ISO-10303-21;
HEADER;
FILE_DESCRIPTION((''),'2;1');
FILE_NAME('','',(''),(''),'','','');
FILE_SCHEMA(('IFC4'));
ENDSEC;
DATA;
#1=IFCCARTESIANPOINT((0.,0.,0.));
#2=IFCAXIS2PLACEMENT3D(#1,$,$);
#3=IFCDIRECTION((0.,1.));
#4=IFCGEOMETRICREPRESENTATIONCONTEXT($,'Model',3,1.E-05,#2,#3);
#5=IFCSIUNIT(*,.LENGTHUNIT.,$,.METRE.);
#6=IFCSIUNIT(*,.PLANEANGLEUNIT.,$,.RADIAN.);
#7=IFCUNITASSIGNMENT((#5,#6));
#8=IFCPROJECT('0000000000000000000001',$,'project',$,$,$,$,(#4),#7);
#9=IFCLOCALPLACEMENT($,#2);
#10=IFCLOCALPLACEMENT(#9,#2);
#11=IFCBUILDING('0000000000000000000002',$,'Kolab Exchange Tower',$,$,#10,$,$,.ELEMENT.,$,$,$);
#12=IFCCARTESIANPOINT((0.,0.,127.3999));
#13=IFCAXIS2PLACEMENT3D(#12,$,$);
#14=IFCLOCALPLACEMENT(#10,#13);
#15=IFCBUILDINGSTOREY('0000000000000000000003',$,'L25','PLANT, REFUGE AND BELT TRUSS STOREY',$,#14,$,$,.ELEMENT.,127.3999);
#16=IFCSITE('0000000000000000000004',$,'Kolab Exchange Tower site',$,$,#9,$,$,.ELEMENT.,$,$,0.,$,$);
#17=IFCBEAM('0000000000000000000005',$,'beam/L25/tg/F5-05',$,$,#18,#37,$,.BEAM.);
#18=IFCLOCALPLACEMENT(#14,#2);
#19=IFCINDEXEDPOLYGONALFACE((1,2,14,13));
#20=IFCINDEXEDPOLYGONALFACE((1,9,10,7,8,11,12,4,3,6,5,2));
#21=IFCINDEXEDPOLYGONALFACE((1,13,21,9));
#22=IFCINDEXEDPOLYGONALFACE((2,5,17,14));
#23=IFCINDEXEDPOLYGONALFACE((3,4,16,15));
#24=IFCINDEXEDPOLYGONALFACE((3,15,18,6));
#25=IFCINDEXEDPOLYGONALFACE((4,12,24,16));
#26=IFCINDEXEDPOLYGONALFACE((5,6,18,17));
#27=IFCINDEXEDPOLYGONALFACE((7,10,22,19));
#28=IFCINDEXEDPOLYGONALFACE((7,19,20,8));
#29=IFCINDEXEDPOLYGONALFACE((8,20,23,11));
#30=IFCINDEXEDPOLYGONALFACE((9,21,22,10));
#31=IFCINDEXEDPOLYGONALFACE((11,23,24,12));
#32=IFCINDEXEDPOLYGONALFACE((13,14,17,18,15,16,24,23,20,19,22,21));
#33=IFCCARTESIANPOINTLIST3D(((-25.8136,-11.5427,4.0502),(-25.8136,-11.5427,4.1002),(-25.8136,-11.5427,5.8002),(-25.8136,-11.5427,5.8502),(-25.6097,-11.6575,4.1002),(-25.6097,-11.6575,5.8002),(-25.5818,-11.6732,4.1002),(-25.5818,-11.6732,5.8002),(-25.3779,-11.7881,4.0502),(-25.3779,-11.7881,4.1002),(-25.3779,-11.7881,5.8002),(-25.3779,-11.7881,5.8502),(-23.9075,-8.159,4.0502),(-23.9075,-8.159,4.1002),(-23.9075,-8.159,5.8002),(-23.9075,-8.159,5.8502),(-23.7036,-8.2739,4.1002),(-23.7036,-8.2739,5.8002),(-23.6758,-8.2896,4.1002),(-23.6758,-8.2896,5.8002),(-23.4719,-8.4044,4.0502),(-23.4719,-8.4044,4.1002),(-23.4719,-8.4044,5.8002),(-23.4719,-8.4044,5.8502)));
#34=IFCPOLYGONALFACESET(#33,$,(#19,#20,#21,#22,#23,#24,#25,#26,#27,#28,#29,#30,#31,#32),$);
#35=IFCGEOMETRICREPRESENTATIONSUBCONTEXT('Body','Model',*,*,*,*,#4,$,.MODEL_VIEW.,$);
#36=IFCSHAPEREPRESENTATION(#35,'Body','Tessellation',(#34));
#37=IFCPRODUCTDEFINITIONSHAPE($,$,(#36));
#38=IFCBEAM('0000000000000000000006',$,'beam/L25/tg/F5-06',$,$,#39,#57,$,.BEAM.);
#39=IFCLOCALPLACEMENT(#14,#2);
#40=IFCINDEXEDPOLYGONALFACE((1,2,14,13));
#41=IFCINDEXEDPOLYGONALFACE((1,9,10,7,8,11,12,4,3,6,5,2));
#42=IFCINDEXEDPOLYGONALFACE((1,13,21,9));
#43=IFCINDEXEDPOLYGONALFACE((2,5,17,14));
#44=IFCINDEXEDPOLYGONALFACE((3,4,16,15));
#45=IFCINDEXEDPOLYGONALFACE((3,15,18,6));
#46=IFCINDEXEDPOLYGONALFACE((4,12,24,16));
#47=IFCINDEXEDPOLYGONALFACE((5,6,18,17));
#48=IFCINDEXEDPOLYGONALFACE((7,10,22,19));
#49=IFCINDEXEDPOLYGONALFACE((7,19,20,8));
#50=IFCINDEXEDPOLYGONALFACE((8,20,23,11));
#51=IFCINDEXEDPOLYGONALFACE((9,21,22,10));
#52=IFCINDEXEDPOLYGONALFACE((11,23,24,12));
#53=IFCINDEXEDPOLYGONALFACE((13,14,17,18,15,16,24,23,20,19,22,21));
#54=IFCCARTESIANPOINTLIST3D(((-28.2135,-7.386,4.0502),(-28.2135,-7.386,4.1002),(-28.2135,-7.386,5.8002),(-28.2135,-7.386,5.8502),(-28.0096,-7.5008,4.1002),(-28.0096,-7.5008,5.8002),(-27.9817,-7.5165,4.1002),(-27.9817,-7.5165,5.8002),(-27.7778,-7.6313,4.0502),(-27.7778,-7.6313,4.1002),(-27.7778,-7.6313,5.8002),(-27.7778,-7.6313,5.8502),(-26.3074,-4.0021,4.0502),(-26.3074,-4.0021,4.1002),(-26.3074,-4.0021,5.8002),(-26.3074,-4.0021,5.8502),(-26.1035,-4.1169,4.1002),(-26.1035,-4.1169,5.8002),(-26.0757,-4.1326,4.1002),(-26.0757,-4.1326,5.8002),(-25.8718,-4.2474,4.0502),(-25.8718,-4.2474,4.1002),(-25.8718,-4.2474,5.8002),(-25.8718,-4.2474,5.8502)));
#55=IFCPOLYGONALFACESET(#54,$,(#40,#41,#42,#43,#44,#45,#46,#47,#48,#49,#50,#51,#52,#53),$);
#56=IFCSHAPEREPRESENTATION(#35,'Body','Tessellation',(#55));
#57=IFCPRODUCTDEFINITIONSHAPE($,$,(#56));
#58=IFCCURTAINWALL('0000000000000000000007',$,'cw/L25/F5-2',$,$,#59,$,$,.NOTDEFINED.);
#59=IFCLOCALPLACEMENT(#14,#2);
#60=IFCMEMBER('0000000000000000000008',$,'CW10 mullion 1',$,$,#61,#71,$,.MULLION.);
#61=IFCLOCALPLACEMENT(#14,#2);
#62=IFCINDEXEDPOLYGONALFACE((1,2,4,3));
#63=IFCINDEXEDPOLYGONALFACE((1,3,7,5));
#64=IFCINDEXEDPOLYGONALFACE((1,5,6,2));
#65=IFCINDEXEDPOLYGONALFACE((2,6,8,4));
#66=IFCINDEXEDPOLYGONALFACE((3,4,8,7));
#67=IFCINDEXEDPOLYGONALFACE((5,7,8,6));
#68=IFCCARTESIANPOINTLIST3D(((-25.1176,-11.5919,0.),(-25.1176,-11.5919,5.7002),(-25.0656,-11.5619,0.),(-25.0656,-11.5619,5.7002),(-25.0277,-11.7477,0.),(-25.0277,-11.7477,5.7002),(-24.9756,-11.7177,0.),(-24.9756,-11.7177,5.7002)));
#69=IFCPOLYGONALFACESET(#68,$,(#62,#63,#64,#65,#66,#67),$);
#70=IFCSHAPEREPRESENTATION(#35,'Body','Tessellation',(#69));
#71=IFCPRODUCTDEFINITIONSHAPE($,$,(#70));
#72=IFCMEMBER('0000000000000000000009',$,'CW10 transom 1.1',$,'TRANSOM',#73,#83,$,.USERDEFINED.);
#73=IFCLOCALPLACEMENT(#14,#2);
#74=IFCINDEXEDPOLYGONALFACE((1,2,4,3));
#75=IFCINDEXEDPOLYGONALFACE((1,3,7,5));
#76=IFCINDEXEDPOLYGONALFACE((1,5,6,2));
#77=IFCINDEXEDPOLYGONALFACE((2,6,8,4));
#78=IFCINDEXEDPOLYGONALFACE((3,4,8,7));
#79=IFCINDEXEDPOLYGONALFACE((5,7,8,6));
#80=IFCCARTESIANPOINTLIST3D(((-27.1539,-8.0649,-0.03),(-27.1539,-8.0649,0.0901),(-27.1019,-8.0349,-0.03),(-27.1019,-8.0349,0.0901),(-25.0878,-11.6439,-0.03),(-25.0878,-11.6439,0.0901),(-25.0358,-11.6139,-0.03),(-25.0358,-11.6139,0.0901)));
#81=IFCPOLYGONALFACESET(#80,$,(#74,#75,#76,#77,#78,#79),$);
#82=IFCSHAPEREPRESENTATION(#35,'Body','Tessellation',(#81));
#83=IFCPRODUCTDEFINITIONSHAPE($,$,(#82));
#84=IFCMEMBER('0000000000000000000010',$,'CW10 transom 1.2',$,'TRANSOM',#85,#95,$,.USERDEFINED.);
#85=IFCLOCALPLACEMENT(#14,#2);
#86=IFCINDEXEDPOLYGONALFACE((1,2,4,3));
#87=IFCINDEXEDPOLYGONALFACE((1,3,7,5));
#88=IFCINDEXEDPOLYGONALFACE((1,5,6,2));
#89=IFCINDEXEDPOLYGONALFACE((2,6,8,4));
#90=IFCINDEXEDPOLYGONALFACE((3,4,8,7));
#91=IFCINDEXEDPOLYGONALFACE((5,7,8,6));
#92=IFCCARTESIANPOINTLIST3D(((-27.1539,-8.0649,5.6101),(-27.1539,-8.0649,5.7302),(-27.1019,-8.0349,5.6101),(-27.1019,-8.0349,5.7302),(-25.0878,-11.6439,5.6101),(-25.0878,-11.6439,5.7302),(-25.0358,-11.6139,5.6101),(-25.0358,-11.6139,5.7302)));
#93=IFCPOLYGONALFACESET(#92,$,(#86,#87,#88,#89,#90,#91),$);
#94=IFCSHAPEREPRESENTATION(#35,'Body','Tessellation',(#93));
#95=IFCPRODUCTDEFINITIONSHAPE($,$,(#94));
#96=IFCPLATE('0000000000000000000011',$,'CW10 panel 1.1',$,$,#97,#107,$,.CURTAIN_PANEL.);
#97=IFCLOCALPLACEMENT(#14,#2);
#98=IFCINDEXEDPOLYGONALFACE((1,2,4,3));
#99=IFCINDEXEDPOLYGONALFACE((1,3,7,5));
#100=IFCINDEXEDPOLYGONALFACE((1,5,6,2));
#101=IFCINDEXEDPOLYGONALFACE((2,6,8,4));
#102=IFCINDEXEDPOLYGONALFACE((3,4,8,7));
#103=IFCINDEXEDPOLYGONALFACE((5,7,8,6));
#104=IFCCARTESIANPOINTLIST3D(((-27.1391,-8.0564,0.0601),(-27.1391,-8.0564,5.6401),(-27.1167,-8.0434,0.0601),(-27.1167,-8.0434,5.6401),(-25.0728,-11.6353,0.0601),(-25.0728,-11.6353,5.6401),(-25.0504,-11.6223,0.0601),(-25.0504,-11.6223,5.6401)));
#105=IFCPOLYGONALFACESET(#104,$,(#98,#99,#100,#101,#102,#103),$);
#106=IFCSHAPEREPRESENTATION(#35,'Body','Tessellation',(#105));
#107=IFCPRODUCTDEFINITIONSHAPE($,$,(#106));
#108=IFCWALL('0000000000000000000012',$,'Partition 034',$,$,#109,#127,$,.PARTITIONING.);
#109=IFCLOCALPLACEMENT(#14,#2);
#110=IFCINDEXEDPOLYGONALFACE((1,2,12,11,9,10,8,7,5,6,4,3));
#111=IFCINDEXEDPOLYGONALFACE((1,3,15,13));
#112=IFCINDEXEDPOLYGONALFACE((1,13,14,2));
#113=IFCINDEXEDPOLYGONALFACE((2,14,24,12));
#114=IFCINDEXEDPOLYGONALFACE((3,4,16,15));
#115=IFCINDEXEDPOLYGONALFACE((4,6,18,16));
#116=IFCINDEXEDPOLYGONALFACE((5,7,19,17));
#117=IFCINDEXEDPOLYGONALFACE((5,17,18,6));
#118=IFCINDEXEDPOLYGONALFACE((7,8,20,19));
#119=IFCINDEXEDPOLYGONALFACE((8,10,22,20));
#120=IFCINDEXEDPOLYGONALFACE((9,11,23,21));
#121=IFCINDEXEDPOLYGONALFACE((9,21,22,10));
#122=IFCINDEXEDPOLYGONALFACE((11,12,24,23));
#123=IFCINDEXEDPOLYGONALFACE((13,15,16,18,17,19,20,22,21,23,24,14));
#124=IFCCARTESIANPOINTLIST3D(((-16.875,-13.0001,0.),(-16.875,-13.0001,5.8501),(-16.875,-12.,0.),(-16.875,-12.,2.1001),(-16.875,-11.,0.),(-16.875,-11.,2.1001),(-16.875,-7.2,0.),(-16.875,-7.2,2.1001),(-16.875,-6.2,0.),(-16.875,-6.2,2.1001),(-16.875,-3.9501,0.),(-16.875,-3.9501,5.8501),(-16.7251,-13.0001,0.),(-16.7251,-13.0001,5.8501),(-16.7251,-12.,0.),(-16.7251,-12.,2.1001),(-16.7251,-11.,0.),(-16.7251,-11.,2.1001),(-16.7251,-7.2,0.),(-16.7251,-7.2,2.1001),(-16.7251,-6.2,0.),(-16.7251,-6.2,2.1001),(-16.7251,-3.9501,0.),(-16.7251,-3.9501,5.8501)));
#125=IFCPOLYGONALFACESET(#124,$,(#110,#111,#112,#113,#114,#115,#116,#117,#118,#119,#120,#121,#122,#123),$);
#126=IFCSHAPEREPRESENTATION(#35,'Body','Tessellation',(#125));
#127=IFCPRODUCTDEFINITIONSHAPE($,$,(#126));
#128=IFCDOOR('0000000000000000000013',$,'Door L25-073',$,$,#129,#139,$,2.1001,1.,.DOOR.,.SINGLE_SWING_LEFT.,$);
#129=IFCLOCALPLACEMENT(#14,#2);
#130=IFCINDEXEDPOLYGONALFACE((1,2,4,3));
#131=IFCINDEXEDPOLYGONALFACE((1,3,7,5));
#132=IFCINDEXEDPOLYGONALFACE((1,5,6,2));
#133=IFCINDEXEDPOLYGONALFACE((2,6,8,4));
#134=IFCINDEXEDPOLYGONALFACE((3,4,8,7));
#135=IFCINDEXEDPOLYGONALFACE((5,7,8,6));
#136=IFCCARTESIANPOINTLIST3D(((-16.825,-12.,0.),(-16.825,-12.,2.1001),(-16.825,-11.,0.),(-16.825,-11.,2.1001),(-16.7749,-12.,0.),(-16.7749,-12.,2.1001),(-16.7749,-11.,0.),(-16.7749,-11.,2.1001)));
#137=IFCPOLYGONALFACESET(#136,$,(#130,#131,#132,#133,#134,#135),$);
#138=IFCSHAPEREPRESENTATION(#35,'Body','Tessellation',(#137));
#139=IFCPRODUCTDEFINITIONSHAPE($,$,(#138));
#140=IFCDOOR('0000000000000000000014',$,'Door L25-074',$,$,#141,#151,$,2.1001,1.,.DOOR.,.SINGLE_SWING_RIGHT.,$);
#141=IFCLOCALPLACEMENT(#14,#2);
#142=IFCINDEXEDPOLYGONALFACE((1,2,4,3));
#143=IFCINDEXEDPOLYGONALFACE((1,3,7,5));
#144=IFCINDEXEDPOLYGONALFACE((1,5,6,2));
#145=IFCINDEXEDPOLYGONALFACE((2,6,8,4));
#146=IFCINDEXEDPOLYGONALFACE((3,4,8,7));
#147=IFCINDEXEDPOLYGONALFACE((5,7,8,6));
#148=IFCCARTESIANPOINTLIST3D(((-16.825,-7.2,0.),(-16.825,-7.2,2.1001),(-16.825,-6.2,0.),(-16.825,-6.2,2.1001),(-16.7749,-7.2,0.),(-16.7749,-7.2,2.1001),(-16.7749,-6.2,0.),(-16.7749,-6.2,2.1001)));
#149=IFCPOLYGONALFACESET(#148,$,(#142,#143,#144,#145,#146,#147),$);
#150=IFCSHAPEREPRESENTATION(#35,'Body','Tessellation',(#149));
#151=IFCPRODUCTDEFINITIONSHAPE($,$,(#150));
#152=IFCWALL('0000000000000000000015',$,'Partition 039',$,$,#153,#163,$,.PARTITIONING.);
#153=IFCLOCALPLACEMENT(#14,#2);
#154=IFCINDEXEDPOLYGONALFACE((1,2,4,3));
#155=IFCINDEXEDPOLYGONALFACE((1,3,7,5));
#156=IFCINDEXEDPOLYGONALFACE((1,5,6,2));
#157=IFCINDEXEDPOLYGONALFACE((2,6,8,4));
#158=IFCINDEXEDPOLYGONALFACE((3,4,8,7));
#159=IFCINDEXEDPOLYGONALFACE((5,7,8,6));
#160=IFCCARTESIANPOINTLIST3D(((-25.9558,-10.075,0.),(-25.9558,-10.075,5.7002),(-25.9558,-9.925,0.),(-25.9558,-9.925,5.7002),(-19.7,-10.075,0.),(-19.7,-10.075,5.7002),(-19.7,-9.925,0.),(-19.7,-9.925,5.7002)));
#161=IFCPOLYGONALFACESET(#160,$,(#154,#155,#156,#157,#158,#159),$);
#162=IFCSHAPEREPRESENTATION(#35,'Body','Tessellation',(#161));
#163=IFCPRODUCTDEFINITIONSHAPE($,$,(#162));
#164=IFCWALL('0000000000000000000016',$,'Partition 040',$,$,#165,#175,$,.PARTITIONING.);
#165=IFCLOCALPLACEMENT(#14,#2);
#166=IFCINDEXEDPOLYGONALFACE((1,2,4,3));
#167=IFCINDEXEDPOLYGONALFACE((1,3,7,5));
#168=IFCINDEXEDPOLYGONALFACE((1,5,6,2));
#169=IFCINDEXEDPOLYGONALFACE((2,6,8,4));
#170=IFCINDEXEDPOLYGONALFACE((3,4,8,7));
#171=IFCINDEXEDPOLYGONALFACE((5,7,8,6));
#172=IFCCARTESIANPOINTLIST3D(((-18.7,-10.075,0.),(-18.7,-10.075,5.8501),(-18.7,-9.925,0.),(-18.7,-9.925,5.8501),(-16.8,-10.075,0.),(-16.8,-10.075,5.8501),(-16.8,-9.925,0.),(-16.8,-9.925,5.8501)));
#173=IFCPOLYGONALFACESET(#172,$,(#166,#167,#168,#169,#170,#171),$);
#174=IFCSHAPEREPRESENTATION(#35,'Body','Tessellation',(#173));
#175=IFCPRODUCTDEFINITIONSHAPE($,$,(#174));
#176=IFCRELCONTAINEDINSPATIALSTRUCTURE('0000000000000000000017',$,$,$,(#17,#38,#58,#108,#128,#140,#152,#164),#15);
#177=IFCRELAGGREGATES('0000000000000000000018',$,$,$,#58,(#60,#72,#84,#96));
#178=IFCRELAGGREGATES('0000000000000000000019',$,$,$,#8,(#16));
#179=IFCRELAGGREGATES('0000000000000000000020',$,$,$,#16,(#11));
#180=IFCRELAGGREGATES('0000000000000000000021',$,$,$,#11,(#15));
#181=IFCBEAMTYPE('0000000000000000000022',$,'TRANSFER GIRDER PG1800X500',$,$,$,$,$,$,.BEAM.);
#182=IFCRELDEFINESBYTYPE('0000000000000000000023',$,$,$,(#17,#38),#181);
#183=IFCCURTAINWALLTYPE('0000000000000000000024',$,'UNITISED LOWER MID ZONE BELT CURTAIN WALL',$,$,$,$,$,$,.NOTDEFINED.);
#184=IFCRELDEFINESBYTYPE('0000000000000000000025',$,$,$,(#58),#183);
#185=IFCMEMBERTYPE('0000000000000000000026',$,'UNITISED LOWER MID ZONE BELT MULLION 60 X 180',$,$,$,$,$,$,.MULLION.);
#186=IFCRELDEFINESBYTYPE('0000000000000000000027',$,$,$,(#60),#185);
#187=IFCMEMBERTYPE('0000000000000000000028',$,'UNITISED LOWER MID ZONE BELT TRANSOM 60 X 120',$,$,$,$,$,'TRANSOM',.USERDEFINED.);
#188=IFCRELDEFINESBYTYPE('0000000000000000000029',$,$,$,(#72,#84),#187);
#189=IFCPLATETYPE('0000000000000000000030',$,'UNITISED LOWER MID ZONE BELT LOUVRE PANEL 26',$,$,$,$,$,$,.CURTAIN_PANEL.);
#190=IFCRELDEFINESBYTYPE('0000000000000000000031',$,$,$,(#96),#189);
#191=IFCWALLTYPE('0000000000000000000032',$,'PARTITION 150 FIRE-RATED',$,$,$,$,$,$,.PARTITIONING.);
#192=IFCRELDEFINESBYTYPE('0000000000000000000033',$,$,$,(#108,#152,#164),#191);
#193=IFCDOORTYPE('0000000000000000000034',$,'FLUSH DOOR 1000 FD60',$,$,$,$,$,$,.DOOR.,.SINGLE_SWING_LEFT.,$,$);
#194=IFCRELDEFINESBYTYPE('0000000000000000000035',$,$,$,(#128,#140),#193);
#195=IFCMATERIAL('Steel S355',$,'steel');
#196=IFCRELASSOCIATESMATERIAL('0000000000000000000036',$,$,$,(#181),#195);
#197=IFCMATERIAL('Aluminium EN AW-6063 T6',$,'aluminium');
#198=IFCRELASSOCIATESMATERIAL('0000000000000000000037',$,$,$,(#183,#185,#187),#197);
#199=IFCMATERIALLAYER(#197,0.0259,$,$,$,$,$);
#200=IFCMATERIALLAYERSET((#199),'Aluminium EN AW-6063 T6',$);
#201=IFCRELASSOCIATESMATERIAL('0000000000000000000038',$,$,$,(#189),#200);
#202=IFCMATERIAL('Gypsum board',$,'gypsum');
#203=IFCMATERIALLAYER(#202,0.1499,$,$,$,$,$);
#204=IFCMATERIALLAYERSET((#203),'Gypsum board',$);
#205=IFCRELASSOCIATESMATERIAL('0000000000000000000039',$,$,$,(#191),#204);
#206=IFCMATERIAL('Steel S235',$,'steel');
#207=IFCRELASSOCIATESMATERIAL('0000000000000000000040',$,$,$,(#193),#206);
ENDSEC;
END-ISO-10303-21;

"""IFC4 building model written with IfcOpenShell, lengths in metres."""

from ifc_helpers import new_model, si_unit, direction, frame, frame_2d, origin, origin_2d, place, context, subcontext, project, spatial, rectangle, i_section, extrude, material, layer, layer_set, material_profile, profile_set, type_object, element, fill, aggregate, save


model = new_model("IFC4")

# Units and contexts
model_context = context("Model", 3, precision=1e-05, world=origin(), true_north=direction((0.0, 1.0)))
body_context = subcontext(model_context, "Body", "Model", "MODEL_VIEW")
ifc_project = project(units=[si_unit("LENGTHUNIT", "METRE"), si_unit("PLANEANGLEUNIT", "RADIAN")], contexts=[model_context])

# Site, building, storey
site_placement = place(None, origin())
site = spatial("IfcSite", under=ifc_project, at=site_placement, Name="Kolab Exchange Tower site", CompositionType="ELEMENT", RefElevation=0.0)
building_placement = place(site_placement, origin())
building = spatial("IfcBuilding", under=site, at=building_placement, Name="Kolab Exchange Tower", CompositionType="ELEMENT")
storey_placement = place(building_placement, frame((0.0, 0.0, 127.3999)))
storey = spatial("IfcBuildingStorey", under=building, at=storey_placement, Name="L25", Description="PLANT, REFUGE AND BELT TRUSS STOREY", CompositionType="ELEMENT", Elevation=127.3999)

# Shared definitions
ifc_material_1 = material(Name="Steel S355", Category="steel")

# Beams
ifc_material_profile_1 = material_profile(ifc_material_1, i_section(OverallWidth=0.5, OverallDepth=1.8, WebThickness=0.032, FlangeThickness=0.05, at=origin_2d()), Name="PG1800X500")
ifc_profile_set_1 = profile_set([ifc_material_profile_1], Name="Steel S355")
beam_type_1 = type_object("IfcBeamType", Name="TRANSFER GIRDER PG1800X500", PredefinedType="BEAM", material=ifc_profile_set_1)
for number, where, z_axis, x_axis, name in (
    (1, (-23.6897, -8.2817, 4.9502), (-0.490801, -0.871271, 0.0), (0.871271, -0.490801, 0.0), "beam/L25/tg/F5-05"),
):
    element("IfcBeam", number, at=place(storey_placement, frame(where, z_axis=z_axis, x_axis=x_axis)), inside=storey, type_object=beam_type_1, Name=name, PredefinedType="BEAM", context=body_context, shape_type="SweptSolid", body=[
        extrude(i_section(OverallWidth=0.5, OverallDepth=1.8, WebThickness=0.032, FlangeThickness=0.05, at=origin_2d()), origin(), (0.0, 0.0, 1.0), 3.8835),
    ])
beam_1_placement = place(storey_placement, frame((-26.0896, -4.1248, 4.9502), z_axis=(-0.490775, -0.871287, 0.0), x_axis=(0.871287, -0.490775, 0.0)))
element("IfcBeam", 2, at=beam_1_placement, inside=storey, type_object=beam_type_1, Name="beam/L25/tg/F5-06", PredefinedType="BEAM", context=body_context, shape_type="SweptSolid", body=[
    extrude(i_section(OverallWidth=0.5, OverallDepth=1.8, WebThickness=0.032, FlangeThickness=0.05, at=origin_2d()), origin(), (0.0, 0.0, 1.0), 3.8838),
])

# Curtain wall, members, plate
ifc_material_2 = material(Name="Aluminium EN AW-6063 T6", Category="aluminium")
curtain_wall_type = type_object("IfcCurtainWallType", Name="UNITISED LOWER MID ZONE BELT CURTAIN WALL", PredefinedType="NOTDEFINED", material=ifc_material_2)
curtain_wall_placement = place(storey_placement, origin())
curtain_wall = element("IfcCurtainWall", 3, at=curtain_wall_placement, inside=storey, type_object=curtain_wall_type, Name="cw/L25/F5-2", PredefinedType="NOTDEFINED")
ifc_material_profile_2 = material_profile(ifc_material_2, rectangle(XDim=0.0601, YDim=0.1799, at=origin_2d()), Name="RECT 60X180")
ifc_profile_set_2 = profile_set([ifc_material_profile_2], Name="Aluminium EN AW-6063 T6")
member_type_1 = type_object("IfcMemberType", Name="UNITISED LOWER MID ZONE BELT MULLION 60 X 180", PredefinedType="MULLION", material=ifc_profile_set_2)
member_1_placement = place(storey_placement, frame((-25.0466, -11.6548, 0.0), z_axis=(0.0, 0.0, 1.0), x_axis=(-0.866025, -0.5, 0.0)))
member_1 = element("IfcMember", 4, at=member_1_placement, type_object=member_type_1, Name="CW10 mullion 1", PredefinedType="MULLION", context=body_context, shape_type="SweptSolid", body=[
    extrude(rectangle(XDim=0.0601, YDim=0.1799, at=origin_2d()), origin(), (0.0, 0.0, 1.0), 5.7002),
])
ifc_material_profile_3 = material_profile(ifc_material_2, rectangle(XDim=0.0601, YDim=0.1201, at=origin_2d()), Name="RECT 60X120")
ifc_profile_set_3 = profile_set([ifc_material_profile_3], Name="Aluminium EN AW-6063 T6")
member_type_2 = type_object("IfcMemberType", Name="UNITISED LOWER MID ZONE BELT TRANSOM 60 X 120", ElementType="TRANSOM", PredefinedType="USERDEFINED", material=ifc_profile_set_3)
member_2_placement = place(storey_placement, frame((-25.0618, -11.6289, 0.03), z_axis=(-0.499958, 0.86605, 0.0), x_axis=(-0.86605, -0.499958, 0.0)))
member_2 = element("IfcMember", 5, at=member_2_placement, type_object=member_type_2, Name="CW10 transom 1.1", ObjectType="TRANSOM", PredefinedType="USERDEFINED", context=body_context, shape_type="SweptSolid", body=[
    extrude(rectangle(XDim=0.0601, YDim=0.1201, at=origin_2d()), origin(), (0.0, 0.0, 1.0), 4.1326),
])
member_3_placement = place(storey_placement, frame((-25.0618, -11.6289, 5.6702), z_axis=(-0.499958, 0.86605, 0.0), x_axis=(-0.86605, -0.499958, 0.0)))
member_3 = element("IfcMember", 6, at=member_3_placement, type_object=member_type_2, Name="CW10 transom 1.2", ObjectType="TRANSOM", PredefinedType="USERDEFINED", context=body_context, shape_type="SweptSolid", body=[
    extrude(rectangle(XDim=0.0601, YDim=0.1201, at=origin_2d()), origin(), (0.0, 0.0, 1.0), 4.1326),
])
ifc_layer_1 = layer(ifc_material_2, 0.0259)
ifc_layer_set_1 = layer_set([ifc_layer_1], Name="Aluminium EN AW-6063 T6")
plate_type = type_object("IfcPlateType", Name="UNITISED LOWER MID ZONE BELT LOUVRE PANEL 26", PredefinedType="CURTAIN_PANEL", material=ifc_layer_set_1)
plate_placement = place(storey_placement, frame((-26.0947, -9.8394, 0.0601), z_axis=(0.0, 0.0, 1.0), x_axis=(-0.5, 0.866025, 0.0)))
plate = element("IfcPlate", 7, at=plate_placement, type_object=plate_type, Name="CW10 panel 1.1", PredefinedType="CURTAIN_PANEL", context=body_context, shape_type="SweptSolid", body=[
    extrude(rectangle(XDim=4.1326, YDim=0.0259, at=origin_2d()), origin(), (0.0, 0.0, 1.0), 5.5801),
])
aggregate(curtain_wall, [member_1, member_2, member_3, plate])

# Wall, openings, doors
ifc_material_3 = material(Name="Gypsum board", Category="gypsum")
ifc_layer_2 = layer(ifc_material_3, 0.1499)
ifc_layer_set_2 = layer_set([ifc_layer_2], Name="Gypsum board")
wall_type_1 = type_object("IfcWallType", Name="PARTITION 150 FIRE-RATED", PredefinedType="PARTITIONING", material=ifc_layer_set_2)
wall_1_placement = place(storey_placement, frame((-16.8, -13.0, 0.0), z_axis=(0.0, 0.0, 1.0), x_axis=(0.0, 1.0, 0.0)))
wall_1 = element("IfcWall", 8, at=wall_1_placement, inside=storey, type_object=wall_type_1, Name="Partition 034", PredefinedType="PARTITIONING", context=body_context, shape_type="SweptSolid", body=[
    extrude(rectangle(XDim=9.05, YDim=0.1499, at=frame_2d((4.5249, 0.0))), origin(), (0.0, 0.0, 1.0), 5.8501),
])
opening_1_placement = place(wall_1_placement, frame((1.0, 0.0, 0.0)))
opening_1 = element("IfcOpeningElement", 9, at=opening_1_placement, cuts=wall_1, PredefinedType="OPENING", context=body_context, shape_type="SweptSolid", body=[
    extrude(rectangle(XDim=1.0, YDim=2.1001, at=frame_2d((0.5, 1.05))), frame((0.0, 0.085, 0.0), z_axis=(0.0, -1.0, 0.0), x_axis=(1.0, 0.0, 0.0)), (0.0, 0.0, 1.0), 0.1699),
])
opening_2_placement = place(wall_1_placement, frame((5.8, 0.0, 0.0)))
opening_2 = element("IfcOpeningElement", 10, at=opening_2_placement, cuts=wall_1, PredefinedType="OPENING", context=body_context, shape_type="SweptSolid", body=[
    extrude(rectangle(XDim=1.0, YDim=2.1001, at=frame_2d((0.5, 1.05))), frame((0.0, 0.085, 0.0), z_axis=(0.0, -1.0, 0.0), x_axis=(1.0, 0.0, 0.0)), (0.0, 0.0, 1.0), 0.1699),
])
ifc_material_4 = material(Name="Steel S235", Category="steel")
door_type_1 = type_object("IfcDoorType", Name="FLUSH DOOR 1000 FD60", OperationType="SINGLE_SWING_LEFT", PredefinedType="DOOR", material=ifc_material_4)
door_1_placement = place(opening_1_placement, origin())
door_1 = element("IfcDoor", 11, at=door_1_placement, inside=storey, type_object=door_type_1, Name="Door L25-073", OperationType="SINGLE_SWING_LEFT", OverallHeight=2.1001, OverallWidth=1.0, PredefinedType="DOOR", context=body_context, shape_type="SweptSolid", body=[
    extrude(rectangle(XDim=1.0, YDim=2.1001, at=frame_2d((0.5, 1.05))), frame((0.0, 0.0249, 0.0), z_axis=(0.0, -1.0, 0.0), x_axis=(1.0, 0.0, 0.0)), (0.0, 0.0, 1.0), 0.05),
])
fill(opening_1, door_1)
door_2_placement = place(opening_2_placement, origin())
door_2 = element("IfcDoor", 12, at=door_2_placement, inside=storey, type_object=door_type_1, Name="Door L25-074", OperationType="SINGLE_SWING_RIGHT", OverallHeight=2.1001, OverallWidth=1.0, PredefinedType="DOOR", context=body_context, shape_type="SweptSolid", body=[
    extrude(rectangle(XDim=1.0, YDim=2.1001, at=frame_2d((0.5, 1.05))), frame((0.0, 0.0249, 0.0), z_axis=(0.0, -1.0, 0.0), x_axis=(1.0, 0.0, 0.0)), (0.0, 0.0, 1.0), 0.05),
])
fill(opening_2, door_2)

# Walls
wall_2_placement = place(storey_placement, frame((-25.9558, -10.0, 0.0), z_axis=(0.0, 0.0, 1.0), x_axis=(1.0, 0.0, 0.0)))
element("IfcWall", 13, at=wall_2_placement, inside=storey, type_object=wall_type_1, Name="Partition 039", PredefinedType="PARTITIONING", context=body_context, shape_type="SweptSolid", body=[
    extrude(rectangle(XDim=6.2559, YDim=0.1499, at=frame_2d((3.1279, 0.0))), origin(), (0.0, 0.0, 1.0), 5.7002),
])
wall_3_placement = place(storey_placement, frame((-18.7, -10.0, 0.0), z_axis=(0.0, 0.0, 1.0), x_axis=(1.0, 0.0, 0.0)))
element("IfcWall", 14, at=wall_3_placement, inside=storey, type_object=wall_type_1, Name="Partition 040", PredefinedType="PARTITIONING", context=body_context, shape_type="SweptSolid", body=[
    extrude(rectangle(XDim=1.8999, YDim=0.1499, at=frame_2d((0.95, 0.0))), origin(), (0.0, 0.0, 1.0), 5.8501),
])

save(model, "model.ifc")
